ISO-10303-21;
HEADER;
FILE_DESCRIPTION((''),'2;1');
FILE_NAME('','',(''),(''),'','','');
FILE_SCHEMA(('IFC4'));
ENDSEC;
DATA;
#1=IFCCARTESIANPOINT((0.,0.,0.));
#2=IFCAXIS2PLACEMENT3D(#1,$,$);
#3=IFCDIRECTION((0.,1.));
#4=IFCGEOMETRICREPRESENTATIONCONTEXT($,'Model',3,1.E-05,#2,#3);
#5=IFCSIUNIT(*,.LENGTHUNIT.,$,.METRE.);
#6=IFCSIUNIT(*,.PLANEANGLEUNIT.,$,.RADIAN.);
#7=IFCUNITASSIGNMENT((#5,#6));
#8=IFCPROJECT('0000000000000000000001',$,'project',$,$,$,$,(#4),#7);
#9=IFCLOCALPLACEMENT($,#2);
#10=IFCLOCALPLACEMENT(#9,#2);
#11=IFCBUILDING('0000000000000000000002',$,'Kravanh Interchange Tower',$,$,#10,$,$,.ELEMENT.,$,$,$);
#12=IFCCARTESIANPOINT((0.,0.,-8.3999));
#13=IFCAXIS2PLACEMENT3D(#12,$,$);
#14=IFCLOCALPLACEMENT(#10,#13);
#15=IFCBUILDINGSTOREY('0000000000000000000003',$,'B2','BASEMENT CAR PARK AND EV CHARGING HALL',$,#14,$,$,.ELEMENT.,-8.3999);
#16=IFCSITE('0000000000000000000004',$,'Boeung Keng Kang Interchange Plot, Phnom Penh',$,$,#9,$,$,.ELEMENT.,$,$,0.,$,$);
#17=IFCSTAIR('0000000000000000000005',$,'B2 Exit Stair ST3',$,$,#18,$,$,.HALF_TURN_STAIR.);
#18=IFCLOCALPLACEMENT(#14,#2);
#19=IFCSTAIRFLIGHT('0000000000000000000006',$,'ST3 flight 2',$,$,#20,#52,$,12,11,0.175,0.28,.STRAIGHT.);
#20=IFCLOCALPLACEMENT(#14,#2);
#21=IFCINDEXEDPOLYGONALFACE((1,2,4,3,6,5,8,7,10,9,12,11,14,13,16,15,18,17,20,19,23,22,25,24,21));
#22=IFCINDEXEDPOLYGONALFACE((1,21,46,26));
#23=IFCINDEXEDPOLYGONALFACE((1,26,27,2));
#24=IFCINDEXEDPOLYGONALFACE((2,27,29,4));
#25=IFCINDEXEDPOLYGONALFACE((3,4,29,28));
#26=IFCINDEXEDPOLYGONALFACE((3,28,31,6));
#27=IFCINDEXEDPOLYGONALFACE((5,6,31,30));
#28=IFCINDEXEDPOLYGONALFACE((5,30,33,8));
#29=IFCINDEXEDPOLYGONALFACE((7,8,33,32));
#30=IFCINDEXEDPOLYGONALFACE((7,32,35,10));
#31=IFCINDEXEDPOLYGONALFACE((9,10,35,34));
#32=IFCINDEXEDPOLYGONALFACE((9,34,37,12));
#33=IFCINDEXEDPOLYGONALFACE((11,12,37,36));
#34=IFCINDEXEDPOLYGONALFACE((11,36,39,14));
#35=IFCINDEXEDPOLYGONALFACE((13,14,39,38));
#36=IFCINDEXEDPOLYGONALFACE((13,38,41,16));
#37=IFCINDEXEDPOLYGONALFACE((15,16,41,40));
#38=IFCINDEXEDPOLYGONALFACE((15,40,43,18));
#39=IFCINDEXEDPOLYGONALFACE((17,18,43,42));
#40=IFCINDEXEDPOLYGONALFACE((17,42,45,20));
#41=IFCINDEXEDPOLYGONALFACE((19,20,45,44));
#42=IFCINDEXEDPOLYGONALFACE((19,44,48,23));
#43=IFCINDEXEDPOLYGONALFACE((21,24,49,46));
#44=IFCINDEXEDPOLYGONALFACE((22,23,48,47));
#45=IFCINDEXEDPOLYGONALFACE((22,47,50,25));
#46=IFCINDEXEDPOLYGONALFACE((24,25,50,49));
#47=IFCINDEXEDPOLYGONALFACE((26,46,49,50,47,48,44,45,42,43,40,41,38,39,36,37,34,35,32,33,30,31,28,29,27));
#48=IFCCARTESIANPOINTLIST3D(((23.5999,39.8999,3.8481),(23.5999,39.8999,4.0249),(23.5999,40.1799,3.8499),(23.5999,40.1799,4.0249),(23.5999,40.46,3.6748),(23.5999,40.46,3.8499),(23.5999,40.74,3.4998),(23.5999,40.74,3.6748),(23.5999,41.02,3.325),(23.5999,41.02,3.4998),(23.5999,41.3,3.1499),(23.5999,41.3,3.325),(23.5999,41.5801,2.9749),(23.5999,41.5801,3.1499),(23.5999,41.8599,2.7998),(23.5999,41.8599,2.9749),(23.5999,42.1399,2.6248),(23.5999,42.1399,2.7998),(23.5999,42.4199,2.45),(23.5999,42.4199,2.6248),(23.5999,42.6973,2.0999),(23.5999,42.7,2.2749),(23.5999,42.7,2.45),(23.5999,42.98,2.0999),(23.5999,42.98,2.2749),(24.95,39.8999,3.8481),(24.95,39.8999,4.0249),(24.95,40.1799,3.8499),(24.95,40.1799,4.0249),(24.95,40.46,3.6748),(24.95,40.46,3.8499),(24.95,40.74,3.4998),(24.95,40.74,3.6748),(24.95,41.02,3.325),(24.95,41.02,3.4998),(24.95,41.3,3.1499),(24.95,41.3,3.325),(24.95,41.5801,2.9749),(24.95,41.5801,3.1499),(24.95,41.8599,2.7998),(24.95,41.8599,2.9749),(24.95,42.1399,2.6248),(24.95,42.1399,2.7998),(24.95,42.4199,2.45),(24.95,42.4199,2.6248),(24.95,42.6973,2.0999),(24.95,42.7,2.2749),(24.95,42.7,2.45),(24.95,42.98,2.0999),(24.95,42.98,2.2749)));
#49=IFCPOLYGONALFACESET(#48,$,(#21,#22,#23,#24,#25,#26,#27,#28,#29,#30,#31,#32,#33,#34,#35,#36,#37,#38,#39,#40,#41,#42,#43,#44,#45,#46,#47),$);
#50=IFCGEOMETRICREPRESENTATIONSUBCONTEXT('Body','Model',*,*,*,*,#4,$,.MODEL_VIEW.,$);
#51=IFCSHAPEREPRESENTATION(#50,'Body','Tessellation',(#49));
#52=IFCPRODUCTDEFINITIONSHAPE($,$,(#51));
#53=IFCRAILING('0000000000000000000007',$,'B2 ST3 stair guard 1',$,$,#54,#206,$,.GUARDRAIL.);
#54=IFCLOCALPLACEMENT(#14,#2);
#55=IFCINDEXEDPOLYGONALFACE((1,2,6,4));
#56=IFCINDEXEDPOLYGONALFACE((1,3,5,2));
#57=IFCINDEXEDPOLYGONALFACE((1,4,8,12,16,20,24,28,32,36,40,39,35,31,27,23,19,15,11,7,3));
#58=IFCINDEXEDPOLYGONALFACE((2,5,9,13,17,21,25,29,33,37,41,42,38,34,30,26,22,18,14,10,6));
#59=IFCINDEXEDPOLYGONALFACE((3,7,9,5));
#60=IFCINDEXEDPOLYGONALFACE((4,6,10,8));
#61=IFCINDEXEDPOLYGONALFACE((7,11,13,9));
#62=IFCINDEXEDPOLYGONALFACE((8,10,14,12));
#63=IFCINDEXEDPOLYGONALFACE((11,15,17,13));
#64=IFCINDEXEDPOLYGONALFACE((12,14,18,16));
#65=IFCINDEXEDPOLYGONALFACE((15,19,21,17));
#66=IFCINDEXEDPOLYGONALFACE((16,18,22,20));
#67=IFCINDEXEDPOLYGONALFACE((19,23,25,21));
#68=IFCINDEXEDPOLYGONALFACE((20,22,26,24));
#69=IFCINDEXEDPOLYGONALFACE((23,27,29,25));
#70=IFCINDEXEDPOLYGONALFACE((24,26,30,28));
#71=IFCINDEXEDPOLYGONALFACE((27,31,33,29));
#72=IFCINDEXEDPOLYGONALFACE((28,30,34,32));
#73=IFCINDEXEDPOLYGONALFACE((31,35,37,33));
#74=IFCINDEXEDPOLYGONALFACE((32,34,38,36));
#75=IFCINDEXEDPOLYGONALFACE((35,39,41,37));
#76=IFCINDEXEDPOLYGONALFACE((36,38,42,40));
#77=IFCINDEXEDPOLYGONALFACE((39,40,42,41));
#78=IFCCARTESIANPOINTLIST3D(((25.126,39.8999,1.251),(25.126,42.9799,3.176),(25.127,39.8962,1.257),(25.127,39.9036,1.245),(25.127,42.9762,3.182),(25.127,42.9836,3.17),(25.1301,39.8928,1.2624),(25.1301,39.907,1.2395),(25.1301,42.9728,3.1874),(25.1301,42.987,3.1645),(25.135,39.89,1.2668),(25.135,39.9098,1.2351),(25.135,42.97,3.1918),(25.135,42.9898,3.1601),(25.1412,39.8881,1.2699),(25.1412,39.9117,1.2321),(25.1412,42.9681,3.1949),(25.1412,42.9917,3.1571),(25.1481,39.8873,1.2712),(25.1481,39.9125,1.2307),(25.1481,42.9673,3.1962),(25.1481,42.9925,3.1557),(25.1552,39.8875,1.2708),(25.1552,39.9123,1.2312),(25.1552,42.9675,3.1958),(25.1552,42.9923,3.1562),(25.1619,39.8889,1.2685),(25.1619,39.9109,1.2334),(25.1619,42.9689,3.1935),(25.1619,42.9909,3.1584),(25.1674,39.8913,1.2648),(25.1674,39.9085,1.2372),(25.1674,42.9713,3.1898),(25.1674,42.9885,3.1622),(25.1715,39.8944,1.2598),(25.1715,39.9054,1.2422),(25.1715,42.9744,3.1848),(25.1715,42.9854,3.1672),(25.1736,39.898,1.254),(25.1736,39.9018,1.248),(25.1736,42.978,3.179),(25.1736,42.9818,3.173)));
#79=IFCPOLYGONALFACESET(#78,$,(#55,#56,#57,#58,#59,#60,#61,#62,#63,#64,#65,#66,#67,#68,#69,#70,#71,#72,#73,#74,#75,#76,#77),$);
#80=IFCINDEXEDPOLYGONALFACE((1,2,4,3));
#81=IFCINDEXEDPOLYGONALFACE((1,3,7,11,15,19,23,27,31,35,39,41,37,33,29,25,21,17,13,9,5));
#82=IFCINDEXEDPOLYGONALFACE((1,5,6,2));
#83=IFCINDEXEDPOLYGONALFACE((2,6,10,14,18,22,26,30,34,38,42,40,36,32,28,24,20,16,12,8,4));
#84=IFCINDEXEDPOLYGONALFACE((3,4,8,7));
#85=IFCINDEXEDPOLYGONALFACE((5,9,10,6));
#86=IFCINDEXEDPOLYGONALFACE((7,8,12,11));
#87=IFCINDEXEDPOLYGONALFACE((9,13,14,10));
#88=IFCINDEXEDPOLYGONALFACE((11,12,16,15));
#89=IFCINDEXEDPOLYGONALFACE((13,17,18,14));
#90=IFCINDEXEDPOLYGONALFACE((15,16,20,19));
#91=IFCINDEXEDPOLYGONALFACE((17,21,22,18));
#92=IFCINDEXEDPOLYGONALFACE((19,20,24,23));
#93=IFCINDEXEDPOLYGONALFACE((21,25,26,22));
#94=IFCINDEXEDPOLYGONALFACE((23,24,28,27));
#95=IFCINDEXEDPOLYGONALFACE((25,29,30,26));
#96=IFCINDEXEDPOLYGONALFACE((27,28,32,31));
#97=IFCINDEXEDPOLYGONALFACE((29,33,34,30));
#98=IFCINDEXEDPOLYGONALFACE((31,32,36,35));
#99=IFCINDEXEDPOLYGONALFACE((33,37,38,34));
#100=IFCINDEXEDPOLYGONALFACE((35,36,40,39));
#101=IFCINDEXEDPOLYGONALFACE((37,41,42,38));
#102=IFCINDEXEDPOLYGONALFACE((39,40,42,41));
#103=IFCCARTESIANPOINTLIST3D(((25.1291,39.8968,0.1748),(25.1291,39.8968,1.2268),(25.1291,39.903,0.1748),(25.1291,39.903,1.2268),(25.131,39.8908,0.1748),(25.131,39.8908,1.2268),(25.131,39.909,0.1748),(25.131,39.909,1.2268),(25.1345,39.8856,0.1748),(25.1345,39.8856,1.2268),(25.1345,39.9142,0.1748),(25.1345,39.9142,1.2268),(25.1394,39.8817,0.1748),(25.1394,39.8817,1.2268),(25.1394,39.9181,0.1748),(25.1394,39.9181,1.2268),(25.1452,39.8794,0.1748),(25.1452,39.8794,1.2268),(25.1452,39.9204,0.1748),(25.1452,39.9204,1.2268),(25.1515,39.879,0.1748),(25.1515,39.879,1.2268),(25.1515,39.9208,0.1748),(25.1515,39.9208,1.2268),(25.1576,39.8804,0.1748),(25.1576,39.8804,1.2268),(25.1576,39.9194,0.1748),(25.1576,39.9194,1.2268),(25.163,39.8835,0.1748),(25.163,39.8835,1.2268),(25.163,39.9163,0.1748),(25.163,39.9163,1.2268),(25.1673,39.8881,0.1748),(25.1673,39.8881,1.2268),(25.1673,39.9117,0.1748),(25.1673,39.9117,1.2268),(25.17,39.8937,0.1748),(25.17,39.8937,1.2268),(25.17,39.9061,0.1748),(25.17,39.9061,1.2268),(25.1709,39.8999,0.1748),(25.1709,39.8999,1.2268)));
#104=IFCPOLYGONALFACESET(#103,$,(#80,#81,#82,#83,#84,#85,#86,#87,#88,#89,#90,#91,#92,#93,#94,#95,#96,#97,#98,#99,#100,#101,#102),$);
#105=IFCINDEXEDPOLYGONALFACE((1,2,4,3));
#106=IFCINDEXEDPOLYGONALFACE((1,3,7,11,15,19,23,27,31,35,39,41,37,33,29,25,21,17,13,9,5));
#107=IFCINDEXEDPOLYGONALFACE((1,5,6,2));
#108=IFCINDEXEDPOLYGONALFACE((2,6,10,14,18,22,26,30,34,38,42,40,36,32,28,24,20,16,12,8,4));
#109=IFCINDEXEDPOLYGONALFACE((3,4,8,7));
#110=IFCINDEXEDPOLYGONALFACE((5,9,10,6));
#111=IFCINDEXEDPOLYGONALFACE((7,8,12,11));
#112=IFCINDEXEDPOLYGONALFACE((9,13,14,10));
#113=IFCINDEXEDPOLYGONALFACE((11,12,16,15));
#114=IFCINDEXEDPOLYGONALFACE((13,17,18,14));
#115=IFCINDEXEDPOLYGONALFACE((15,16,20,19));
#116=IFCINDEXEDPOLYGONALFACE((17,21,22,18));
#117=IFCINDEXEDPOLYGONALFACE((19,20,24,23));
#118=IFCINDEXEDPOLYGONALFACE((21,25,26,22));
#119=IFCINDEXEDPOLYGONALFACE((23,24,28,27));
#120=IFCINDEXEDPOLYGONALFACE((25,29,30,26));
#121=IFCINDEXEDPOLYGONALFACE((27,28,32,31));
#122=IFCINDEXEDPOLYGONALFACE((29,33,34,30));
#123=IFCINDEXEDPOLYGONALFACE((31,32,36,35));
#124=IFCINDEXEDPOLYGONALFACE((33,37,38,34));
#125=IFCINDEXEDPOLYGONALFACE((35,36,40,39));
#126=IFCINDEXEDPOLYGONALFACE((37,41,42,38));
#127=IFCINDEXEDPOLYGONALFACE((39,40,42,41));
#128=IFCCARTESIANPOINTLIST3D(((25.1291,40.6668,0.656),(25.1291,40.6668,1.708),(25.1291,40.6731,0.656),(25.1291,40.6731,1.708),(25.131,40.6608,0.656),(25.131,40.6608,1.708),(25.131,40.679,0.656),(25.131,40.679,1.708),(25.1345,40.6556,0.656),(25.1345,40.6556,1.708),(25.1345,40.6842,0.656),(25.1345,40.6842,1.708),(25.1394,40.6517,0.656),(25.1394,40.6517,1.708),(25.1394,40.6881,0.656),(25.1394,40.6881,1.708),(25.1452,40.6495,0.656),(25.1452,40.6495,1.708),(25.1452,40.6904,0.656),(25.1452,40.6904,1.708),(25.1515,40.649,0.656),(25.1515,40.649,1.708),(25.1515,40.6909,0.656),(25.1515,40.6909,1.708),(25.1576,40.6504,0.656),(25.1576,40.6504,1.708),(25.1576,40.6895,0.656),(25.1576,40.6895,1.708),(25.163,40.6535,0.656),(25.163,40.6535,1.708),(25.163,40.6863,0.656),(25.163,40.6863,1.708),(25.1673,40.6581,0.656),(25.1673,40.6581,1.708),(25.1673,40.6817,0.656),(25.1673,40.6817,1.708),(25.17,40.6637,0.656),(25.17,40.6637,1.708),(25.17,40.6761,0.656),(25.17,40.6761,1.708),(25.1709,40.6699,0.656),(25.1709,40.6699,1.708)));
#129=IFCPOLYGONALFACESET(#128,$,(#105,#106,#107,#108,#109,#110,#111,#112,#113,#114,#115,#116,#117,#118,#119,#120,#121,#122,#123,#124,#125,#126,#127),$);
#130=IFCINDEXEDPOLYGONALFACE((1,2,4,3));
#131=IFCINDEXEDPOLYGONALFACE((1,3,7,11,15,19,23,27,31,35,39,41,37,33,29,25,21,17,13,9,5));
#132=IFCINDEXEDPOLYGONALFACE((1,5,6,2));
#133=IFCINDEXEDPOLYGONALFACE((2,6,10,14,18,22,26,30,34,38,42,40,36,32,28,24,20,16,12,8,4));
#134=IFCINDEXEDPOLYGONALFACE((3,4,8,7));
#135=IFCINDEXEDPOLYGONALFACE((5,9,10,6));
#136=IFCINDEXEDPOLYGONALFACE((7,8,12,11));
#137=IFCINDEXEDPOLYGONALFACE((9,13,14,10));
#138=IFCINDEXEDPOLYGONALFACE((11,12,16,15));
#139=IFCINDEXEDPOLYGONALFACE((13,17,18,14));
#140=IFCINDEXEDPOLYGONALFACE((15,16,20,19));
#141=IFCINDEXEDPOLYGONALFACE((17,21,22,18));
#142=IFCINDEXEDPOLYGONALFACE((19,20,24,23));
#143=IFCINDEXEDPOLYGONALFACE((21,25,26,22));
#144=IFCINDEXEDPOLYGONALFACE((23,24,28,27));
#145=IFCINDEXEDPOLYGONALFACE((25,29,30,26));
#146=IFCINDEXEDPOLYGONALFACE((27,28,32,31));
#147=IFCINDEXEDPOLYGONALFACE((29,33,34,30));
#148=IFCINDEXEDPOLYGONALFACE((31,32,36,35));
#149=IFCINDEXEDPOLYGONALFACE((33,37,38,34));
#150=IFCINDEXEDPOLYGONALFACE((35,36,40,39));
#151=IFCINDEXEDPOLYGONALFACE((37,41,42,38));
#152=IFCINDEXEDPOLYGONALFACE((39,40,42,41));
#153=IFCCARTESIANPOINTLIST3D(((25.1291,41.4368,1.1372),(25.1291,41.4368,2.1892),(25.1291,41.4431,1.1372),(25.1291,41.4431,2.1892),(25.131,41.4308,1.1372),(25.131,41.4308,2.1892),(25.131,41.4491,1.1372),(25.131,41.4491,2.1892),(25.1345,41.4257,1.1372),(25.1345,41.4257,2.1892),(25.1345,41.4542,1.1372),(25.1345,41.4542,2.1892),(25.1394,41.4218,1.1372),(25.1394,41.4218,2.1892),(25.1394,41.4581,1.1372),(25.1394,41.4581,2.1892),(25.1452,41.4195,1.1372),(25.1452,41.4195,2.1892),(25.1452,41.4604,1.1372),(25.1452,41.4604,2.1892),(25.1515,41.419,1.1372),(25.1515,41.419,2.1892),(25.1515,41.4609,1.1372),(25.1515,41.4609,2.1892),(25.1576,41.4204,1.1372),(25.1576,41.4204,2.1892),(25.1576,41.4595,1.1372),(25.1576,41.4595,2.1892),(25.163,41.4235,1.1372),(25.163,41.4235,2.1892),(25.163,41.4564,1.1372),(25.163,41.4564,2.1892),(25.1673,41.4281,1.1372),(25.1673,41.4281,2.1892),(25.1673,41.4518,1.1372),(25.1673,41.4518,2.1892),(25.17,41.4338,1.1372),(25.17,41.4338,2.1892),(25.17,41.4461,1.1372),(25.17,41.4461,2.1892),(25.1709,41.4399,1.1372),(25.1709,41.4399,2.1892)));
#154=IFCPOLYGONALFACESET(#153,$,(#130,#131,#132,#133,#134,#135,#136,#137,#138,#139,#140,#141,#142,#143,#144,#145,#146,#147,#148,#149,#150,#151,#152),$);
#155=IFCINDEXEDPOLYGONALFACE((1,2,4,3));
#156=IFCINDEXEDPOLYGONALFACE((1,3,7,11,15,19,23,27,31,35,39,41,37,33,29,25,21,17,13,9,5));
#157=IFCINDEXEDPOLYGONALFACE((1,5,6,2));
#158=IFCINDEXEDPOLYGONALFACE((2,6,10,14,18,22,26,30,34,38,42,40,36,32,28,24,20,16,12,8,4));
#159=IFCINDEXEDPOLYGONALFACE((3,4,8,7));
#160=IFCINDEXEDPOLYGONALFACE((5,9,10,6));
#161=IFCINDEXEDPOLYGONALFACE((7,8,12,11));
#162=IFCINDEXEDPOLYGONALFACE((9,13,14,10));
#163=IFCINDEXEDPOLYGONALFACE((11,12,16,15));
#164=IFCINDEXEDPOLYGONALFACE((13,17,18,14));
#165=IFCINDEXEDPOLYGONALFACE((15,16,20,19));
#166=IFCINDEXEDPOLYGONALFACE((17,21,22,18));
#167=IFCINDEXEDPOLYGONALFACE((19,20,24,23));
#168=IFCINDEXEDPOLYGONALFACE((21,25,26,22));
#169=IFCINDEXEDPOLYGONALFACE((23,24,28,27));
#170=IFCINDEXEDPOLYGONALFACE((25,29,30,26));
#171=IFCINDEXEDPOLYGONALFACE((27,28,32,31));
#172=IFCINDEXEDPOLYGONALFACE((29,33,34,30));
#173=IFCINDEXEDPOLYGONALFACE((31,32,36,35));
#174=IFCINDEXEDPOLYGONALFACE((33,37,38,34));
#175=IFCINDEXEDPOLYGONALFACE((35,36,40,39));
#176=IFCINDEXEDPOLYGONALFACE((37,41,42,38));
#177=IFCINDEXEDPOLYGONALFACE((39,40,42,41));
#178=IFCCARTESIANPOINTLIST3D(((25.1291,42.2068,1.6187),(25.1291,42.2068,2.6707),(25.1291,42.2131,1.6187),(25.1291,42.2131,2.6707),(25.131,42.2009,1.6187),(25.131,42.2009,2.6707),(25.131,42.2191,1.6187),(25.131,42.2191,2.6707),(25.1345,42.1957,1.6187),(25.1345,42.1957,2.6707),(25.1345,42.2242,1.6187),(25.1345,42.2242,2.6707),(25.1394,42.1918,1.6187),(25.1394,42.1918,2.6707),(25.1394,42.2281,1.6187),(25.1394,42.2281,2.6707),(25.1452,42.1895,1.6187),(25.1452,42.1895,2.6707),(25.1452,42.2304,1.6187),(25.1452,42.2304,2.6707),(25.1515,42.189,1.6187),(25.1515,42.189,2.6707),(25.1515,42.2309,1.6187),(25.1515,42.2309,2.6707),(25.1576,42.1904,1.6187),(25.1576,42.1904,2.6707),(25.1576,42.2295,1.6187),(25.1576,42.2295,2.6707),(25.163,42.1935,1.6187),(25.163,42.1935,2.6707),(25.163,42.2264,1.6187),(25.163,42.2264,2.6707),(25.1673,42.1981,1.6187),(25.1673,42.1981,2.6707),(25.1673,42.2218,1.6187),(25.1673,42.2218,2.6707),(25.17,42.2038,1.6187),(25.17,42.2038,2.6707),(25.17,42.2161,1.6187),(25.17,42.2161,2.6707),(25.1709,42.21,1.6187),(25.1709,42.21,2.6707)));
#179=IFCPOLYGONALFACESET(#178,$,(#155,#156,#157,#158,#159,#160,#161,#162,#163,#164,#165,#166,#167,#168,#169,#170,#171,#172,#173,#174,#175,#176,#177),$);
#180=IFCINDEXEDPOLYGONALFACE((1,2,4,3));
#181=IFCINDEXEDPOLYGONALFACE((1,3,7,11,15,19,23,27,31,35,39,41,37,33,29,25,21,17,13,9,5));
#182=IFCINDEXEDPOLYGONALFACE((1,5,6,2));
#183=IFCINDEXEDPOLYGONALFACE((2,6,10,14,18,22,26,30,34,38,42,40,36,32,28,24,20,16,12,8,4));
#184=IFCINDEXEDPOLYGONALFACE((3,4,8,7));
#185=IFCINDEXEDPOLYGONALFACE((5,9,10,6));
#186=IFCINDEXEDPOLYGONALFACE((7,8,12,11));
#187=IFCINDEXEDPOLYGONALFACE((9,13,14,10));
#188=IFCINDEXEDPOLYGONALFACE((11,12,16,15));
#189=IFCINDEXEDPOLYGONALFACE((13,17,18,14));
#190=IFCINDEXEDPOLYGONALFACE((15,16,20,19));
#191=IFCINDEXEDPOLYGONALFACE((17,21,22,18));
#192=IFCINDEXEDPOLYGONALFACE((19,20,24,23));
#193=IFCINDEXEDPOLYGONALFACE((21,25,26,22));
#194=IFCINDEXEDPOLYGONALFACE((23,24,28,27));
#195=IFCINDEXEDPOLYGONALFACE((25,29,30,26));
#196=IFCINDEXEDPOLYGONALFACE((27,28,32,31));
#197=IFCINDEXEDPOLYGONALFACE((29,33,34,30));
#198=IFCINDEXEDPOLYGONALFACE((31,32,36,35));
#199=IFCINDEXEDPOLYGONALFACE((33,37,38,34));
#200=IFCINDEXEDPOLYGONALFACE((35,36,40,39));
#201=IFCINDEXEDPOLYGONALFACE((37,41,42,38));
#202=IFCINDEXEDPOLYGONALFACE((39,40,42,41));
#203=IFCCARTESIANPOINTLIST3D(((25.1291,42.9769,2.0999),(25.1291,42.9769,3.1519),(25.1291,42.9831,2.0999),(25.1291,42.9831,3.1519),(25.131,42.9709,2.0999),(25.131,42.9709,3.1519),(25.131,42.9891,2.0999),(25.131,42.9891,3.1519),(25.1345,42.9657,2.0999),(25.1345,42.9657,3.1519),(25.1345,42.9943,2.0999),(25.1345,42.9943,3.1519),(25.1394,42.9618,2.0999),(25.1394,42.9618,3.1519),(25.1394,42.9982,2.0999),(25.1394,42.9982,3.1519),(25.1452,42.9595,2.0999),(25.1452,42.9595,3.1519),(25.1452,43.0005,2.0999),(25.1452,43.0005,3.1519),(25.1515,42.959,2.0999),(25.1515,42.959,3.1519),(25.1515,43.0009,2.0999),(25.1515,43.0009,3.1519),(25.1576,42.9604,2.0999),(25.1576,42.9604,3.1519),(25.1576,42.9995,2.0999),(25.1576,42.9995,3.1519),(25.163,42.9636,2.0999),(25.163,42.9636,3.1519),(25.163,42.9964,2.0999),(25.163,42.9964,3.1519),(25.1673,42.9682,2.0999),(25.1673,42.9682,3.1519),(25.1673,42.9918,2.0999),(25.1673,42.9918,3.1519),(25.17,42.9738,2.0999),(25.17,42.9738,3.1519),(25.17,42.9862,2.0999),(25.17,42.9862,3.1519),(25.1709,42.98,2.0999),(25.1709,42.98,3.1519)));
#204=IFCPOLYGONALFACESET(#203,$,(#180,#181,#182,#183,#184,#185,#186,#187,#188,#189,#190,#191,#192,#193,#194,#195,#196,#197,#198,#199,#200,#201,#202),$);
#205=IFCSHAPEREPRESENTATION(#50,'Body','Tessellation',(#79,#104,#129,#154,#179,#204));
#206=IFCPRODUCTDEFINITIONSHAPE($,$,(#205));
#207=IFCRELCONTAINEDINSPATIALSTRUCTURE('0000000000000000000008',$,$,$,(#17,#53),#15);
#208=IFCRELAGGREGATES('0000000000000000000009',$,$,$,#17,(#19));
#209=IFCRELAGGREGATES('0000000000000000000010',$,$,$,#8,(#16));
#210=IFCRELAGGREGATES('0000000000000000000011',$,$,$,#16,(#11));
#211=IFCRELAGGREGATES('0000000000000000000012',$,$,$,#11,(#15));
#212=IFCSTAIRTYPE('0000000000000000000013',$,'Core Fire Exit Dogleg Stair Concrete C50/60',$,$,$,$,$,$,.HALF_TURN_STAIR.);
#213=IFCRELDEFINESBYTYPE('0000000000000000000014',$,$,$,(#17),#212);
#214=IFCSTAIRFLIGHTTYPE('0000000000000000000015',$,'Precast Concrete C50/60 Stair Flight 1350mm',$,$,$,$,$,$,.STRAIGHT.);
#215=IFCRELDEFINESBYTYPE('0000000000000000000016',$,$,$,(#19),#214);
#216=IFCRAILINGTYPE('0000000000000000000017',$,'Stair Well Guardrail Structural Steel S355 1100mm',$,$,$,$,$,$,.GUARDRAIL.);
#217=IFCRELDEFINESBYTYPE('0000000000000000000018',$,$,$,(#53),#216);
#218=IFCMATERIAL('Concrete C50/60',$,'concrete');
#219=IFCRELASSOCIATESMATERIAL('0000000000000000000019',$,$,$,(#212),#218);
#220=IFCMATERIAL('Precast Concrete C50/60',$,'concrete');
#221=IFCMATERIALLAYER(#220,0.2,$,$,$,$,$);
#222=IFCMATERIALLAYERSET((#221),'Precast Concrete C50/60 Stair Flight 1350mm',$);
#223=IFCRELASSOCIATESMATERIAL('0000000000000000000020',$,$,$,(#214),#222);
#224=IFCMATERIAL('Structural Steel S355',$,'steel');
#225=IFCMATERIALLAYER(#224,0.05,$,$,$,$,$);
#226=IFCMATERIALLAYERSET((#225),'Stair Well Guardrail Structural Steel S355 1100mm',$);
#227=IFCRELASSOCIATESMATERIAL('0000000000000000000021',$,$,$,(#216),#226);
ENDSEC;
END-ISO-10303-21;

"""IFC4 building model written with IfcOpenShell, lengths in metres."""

from ifc_helpers import new_model, si_unit, direction, frame, origin, origin_2d, place, context, subcontext, project, spatial, polyline, circle, outline, extrude, material, layer, layer_set, type_object, element, aggregate, save


model = new_model("IFC4")

# Units and contexts
model_context = context("Model", 3, precision=1e-05, world=origin(), true_north=direction((0.0, 1.0)))
body_context = subcontext(model_context, "Body", "Model", "MODEL_VIEW")
ifc_project = project(units=[si_unit("LENGTHUNIT", "METRE"), si_unit("PLANEANGLEUNIT", "RADIAN")], contexts=[model_context])

# Site, building, storey
site_placement = place(None, origin())
site = spatial("IfcSite", under=ifc_project, at=site_placement, Name="Boeung Keng Kang Interchange Plot, Phnom Penh", CompositionType="ELEMENT", RefElevation=0.0)
building_placement = place(site_placement, origin())
building = spatial("IfcBuilding", under=site, at=building_placement, Name="Kravanh Interchange Tower", CompositionType="ELEMENT")
storey_placement = place(building_placement, frame((0.0, 0.0, -8.3999)))
storey = spatial("IfcBuildingStorey", under=building, at=storey_placement, Name="B2", Description="BASEMENT CAR PARK AND EV CHARGING HALL", CompositionType="ELEMENT", Elevation=-8.3999)

# Stair, stair flight
ifc_material_1 = material(Name="Concrete C50/60", Category="concrete")
stair_type = type_object("IfcStairType", Name="Core Fire Exit Dogleg Stair Concrete C50/60", PredefinedType="HALF_TURN_STAIR", material=ifc_material_1)
stair_placement = place(storey_placement, origin())
stair = element("IfcStair", 1, at=stair_placement, inside=storey, type_object=stair_type, Name="B2 Exit Stair ST3", PredefinedType="HALF_TURN_STAIR")
ifc_material_2 = material(Name="Precast Concrete C50/60", Category="concrete")
ifc_layer_1 = layer(ifc_material_2, 0.2)
ifc_layer_set_1 = layer_set([ifc_layer_1], Name="Precast Concrete C50/60 Stair Flight 1350mm")
stair_flight_type = type_object("IfcStairFlightType", Name="Precast Concrete C50/60 Stair Flight 1350mm", PredefinedType="STRAIGHT", material=ifc_layer_set_1)
stair_flight_1_placement = place(storey_placement, frame((24.2749, 42.98, 2.0999), z_axis=(0.0, 0.0, 1.0), x_axis=(0.0, -1.0, 0.0)))
stair_flight_1 = element("IfcStairFlight", 2, at=stair_flight_1_placement, type_object=stair_flight_type, Name="ST3 flight 2", NumberOfRisers=12, NumberOfTreads=11, PredefinedType="STRAIGHT", RiserHeight=0.175, TreadLength=0.28, context=body_context, shape_type="SweptSolid", body=[
    extrude(outline(polyline([(0.0, 0.0), (0.0, 0.175), (0.28, 0.175), (0.28, 0.3501), (0.5601, 0.3501), (0.5601, 0.5249), (0.8401, 0.5249), (0.8401, 0.7), (1.1201, 0.7), (1.1201, 0.875), (1.3999, 0.875), (1.3999, 1.05), (1.6799, 1.05), (1.6799, 1.2251), (1.96, 1.2251), (1.96, 1.3999), (2.24, 1.3999), (2.24, 1.575), (2.52, 1.575), (2.52, 1.75), (2.8, 1.75), (2.8, 1.925), (3.0801, 1.925), (3.0801, 2.1001), (3.0801, 1.7483), (0.2827, 0.0), (0.0, 0.0)])), frame((0.0, 0.675, 0.0), z_axis=(0.0, -1.0, 0.0), x_axis=(1.0, 0.0, 0.0)), (0.0, 0.0, 1.0), 1.3501),
])
aggregate(stair, [stair_flight_1])

# Railing
ifc_material_3 = material(Name="Structural Steel S355", Category="steel")
ifc_layer_2 = layer(ifc_material_3, 0.05)
ifc_layer_set_2 = layer_set([ifc_layer_2], Name="Stair Well Guardrail Structural Steel S355 1100mm")
railing_type_1 = type_object("IfcRailingType", Name="Stair Well Guardrail Structural Steel S355 1100mm", PredefinedType="GUARDRAIL", material=ifc_layer_set_2)
railing_1_placement = place(storey_placement, frame((25.1499, 39.8999, 0.1748)))
element("IfcRailing", 3, at=railing_1_placement, inside=storey, type_object=railing_type_1, Name="B2 ST3 stair guard 1", PredefinedType="GUARDRAIL", context=body_context, shape_type="SweptSolid", body=[
    extrude(circle(Radius=0.0239, at=origin_2d()), frame((0.0, 0.0, 1.0762), z_axis=(0.0, 0.847998, 0.529999), x_axis=(-1.0, 0.0, 0.0)), (0.0, 0.0, 1.0), 3.6321),
    extrude(circle(Radius=0.021, at=origin_2d()), origin(), (0.0, 0.0, 1.0), 1.052),
    extrude(circle(Radius=0.021, at=origin_2d()), frame((0.0, 0.77, 0.4812)), (0.0, 0.0, 1.0), 1.052),
    extrude(circle(Radius=0.021, at=origin_2d()), frame((0.0, 1.54, 0.9624)), (0.0, 0.0, 1.0), 1.052),
    extrude(circle(Radius=0.021, at=origin_2d()), frame((0.0, 2.3101, 1.4438)), (0.0, 0.0, 1.0), 1.052),
    extrude(circle(Radius=0.021, at=origin_2d()), frame((0.0, 3.0801, 1.925)), (0.0, 0.0, 1.0), 1.052),
])

save(model, "model.ifc")
